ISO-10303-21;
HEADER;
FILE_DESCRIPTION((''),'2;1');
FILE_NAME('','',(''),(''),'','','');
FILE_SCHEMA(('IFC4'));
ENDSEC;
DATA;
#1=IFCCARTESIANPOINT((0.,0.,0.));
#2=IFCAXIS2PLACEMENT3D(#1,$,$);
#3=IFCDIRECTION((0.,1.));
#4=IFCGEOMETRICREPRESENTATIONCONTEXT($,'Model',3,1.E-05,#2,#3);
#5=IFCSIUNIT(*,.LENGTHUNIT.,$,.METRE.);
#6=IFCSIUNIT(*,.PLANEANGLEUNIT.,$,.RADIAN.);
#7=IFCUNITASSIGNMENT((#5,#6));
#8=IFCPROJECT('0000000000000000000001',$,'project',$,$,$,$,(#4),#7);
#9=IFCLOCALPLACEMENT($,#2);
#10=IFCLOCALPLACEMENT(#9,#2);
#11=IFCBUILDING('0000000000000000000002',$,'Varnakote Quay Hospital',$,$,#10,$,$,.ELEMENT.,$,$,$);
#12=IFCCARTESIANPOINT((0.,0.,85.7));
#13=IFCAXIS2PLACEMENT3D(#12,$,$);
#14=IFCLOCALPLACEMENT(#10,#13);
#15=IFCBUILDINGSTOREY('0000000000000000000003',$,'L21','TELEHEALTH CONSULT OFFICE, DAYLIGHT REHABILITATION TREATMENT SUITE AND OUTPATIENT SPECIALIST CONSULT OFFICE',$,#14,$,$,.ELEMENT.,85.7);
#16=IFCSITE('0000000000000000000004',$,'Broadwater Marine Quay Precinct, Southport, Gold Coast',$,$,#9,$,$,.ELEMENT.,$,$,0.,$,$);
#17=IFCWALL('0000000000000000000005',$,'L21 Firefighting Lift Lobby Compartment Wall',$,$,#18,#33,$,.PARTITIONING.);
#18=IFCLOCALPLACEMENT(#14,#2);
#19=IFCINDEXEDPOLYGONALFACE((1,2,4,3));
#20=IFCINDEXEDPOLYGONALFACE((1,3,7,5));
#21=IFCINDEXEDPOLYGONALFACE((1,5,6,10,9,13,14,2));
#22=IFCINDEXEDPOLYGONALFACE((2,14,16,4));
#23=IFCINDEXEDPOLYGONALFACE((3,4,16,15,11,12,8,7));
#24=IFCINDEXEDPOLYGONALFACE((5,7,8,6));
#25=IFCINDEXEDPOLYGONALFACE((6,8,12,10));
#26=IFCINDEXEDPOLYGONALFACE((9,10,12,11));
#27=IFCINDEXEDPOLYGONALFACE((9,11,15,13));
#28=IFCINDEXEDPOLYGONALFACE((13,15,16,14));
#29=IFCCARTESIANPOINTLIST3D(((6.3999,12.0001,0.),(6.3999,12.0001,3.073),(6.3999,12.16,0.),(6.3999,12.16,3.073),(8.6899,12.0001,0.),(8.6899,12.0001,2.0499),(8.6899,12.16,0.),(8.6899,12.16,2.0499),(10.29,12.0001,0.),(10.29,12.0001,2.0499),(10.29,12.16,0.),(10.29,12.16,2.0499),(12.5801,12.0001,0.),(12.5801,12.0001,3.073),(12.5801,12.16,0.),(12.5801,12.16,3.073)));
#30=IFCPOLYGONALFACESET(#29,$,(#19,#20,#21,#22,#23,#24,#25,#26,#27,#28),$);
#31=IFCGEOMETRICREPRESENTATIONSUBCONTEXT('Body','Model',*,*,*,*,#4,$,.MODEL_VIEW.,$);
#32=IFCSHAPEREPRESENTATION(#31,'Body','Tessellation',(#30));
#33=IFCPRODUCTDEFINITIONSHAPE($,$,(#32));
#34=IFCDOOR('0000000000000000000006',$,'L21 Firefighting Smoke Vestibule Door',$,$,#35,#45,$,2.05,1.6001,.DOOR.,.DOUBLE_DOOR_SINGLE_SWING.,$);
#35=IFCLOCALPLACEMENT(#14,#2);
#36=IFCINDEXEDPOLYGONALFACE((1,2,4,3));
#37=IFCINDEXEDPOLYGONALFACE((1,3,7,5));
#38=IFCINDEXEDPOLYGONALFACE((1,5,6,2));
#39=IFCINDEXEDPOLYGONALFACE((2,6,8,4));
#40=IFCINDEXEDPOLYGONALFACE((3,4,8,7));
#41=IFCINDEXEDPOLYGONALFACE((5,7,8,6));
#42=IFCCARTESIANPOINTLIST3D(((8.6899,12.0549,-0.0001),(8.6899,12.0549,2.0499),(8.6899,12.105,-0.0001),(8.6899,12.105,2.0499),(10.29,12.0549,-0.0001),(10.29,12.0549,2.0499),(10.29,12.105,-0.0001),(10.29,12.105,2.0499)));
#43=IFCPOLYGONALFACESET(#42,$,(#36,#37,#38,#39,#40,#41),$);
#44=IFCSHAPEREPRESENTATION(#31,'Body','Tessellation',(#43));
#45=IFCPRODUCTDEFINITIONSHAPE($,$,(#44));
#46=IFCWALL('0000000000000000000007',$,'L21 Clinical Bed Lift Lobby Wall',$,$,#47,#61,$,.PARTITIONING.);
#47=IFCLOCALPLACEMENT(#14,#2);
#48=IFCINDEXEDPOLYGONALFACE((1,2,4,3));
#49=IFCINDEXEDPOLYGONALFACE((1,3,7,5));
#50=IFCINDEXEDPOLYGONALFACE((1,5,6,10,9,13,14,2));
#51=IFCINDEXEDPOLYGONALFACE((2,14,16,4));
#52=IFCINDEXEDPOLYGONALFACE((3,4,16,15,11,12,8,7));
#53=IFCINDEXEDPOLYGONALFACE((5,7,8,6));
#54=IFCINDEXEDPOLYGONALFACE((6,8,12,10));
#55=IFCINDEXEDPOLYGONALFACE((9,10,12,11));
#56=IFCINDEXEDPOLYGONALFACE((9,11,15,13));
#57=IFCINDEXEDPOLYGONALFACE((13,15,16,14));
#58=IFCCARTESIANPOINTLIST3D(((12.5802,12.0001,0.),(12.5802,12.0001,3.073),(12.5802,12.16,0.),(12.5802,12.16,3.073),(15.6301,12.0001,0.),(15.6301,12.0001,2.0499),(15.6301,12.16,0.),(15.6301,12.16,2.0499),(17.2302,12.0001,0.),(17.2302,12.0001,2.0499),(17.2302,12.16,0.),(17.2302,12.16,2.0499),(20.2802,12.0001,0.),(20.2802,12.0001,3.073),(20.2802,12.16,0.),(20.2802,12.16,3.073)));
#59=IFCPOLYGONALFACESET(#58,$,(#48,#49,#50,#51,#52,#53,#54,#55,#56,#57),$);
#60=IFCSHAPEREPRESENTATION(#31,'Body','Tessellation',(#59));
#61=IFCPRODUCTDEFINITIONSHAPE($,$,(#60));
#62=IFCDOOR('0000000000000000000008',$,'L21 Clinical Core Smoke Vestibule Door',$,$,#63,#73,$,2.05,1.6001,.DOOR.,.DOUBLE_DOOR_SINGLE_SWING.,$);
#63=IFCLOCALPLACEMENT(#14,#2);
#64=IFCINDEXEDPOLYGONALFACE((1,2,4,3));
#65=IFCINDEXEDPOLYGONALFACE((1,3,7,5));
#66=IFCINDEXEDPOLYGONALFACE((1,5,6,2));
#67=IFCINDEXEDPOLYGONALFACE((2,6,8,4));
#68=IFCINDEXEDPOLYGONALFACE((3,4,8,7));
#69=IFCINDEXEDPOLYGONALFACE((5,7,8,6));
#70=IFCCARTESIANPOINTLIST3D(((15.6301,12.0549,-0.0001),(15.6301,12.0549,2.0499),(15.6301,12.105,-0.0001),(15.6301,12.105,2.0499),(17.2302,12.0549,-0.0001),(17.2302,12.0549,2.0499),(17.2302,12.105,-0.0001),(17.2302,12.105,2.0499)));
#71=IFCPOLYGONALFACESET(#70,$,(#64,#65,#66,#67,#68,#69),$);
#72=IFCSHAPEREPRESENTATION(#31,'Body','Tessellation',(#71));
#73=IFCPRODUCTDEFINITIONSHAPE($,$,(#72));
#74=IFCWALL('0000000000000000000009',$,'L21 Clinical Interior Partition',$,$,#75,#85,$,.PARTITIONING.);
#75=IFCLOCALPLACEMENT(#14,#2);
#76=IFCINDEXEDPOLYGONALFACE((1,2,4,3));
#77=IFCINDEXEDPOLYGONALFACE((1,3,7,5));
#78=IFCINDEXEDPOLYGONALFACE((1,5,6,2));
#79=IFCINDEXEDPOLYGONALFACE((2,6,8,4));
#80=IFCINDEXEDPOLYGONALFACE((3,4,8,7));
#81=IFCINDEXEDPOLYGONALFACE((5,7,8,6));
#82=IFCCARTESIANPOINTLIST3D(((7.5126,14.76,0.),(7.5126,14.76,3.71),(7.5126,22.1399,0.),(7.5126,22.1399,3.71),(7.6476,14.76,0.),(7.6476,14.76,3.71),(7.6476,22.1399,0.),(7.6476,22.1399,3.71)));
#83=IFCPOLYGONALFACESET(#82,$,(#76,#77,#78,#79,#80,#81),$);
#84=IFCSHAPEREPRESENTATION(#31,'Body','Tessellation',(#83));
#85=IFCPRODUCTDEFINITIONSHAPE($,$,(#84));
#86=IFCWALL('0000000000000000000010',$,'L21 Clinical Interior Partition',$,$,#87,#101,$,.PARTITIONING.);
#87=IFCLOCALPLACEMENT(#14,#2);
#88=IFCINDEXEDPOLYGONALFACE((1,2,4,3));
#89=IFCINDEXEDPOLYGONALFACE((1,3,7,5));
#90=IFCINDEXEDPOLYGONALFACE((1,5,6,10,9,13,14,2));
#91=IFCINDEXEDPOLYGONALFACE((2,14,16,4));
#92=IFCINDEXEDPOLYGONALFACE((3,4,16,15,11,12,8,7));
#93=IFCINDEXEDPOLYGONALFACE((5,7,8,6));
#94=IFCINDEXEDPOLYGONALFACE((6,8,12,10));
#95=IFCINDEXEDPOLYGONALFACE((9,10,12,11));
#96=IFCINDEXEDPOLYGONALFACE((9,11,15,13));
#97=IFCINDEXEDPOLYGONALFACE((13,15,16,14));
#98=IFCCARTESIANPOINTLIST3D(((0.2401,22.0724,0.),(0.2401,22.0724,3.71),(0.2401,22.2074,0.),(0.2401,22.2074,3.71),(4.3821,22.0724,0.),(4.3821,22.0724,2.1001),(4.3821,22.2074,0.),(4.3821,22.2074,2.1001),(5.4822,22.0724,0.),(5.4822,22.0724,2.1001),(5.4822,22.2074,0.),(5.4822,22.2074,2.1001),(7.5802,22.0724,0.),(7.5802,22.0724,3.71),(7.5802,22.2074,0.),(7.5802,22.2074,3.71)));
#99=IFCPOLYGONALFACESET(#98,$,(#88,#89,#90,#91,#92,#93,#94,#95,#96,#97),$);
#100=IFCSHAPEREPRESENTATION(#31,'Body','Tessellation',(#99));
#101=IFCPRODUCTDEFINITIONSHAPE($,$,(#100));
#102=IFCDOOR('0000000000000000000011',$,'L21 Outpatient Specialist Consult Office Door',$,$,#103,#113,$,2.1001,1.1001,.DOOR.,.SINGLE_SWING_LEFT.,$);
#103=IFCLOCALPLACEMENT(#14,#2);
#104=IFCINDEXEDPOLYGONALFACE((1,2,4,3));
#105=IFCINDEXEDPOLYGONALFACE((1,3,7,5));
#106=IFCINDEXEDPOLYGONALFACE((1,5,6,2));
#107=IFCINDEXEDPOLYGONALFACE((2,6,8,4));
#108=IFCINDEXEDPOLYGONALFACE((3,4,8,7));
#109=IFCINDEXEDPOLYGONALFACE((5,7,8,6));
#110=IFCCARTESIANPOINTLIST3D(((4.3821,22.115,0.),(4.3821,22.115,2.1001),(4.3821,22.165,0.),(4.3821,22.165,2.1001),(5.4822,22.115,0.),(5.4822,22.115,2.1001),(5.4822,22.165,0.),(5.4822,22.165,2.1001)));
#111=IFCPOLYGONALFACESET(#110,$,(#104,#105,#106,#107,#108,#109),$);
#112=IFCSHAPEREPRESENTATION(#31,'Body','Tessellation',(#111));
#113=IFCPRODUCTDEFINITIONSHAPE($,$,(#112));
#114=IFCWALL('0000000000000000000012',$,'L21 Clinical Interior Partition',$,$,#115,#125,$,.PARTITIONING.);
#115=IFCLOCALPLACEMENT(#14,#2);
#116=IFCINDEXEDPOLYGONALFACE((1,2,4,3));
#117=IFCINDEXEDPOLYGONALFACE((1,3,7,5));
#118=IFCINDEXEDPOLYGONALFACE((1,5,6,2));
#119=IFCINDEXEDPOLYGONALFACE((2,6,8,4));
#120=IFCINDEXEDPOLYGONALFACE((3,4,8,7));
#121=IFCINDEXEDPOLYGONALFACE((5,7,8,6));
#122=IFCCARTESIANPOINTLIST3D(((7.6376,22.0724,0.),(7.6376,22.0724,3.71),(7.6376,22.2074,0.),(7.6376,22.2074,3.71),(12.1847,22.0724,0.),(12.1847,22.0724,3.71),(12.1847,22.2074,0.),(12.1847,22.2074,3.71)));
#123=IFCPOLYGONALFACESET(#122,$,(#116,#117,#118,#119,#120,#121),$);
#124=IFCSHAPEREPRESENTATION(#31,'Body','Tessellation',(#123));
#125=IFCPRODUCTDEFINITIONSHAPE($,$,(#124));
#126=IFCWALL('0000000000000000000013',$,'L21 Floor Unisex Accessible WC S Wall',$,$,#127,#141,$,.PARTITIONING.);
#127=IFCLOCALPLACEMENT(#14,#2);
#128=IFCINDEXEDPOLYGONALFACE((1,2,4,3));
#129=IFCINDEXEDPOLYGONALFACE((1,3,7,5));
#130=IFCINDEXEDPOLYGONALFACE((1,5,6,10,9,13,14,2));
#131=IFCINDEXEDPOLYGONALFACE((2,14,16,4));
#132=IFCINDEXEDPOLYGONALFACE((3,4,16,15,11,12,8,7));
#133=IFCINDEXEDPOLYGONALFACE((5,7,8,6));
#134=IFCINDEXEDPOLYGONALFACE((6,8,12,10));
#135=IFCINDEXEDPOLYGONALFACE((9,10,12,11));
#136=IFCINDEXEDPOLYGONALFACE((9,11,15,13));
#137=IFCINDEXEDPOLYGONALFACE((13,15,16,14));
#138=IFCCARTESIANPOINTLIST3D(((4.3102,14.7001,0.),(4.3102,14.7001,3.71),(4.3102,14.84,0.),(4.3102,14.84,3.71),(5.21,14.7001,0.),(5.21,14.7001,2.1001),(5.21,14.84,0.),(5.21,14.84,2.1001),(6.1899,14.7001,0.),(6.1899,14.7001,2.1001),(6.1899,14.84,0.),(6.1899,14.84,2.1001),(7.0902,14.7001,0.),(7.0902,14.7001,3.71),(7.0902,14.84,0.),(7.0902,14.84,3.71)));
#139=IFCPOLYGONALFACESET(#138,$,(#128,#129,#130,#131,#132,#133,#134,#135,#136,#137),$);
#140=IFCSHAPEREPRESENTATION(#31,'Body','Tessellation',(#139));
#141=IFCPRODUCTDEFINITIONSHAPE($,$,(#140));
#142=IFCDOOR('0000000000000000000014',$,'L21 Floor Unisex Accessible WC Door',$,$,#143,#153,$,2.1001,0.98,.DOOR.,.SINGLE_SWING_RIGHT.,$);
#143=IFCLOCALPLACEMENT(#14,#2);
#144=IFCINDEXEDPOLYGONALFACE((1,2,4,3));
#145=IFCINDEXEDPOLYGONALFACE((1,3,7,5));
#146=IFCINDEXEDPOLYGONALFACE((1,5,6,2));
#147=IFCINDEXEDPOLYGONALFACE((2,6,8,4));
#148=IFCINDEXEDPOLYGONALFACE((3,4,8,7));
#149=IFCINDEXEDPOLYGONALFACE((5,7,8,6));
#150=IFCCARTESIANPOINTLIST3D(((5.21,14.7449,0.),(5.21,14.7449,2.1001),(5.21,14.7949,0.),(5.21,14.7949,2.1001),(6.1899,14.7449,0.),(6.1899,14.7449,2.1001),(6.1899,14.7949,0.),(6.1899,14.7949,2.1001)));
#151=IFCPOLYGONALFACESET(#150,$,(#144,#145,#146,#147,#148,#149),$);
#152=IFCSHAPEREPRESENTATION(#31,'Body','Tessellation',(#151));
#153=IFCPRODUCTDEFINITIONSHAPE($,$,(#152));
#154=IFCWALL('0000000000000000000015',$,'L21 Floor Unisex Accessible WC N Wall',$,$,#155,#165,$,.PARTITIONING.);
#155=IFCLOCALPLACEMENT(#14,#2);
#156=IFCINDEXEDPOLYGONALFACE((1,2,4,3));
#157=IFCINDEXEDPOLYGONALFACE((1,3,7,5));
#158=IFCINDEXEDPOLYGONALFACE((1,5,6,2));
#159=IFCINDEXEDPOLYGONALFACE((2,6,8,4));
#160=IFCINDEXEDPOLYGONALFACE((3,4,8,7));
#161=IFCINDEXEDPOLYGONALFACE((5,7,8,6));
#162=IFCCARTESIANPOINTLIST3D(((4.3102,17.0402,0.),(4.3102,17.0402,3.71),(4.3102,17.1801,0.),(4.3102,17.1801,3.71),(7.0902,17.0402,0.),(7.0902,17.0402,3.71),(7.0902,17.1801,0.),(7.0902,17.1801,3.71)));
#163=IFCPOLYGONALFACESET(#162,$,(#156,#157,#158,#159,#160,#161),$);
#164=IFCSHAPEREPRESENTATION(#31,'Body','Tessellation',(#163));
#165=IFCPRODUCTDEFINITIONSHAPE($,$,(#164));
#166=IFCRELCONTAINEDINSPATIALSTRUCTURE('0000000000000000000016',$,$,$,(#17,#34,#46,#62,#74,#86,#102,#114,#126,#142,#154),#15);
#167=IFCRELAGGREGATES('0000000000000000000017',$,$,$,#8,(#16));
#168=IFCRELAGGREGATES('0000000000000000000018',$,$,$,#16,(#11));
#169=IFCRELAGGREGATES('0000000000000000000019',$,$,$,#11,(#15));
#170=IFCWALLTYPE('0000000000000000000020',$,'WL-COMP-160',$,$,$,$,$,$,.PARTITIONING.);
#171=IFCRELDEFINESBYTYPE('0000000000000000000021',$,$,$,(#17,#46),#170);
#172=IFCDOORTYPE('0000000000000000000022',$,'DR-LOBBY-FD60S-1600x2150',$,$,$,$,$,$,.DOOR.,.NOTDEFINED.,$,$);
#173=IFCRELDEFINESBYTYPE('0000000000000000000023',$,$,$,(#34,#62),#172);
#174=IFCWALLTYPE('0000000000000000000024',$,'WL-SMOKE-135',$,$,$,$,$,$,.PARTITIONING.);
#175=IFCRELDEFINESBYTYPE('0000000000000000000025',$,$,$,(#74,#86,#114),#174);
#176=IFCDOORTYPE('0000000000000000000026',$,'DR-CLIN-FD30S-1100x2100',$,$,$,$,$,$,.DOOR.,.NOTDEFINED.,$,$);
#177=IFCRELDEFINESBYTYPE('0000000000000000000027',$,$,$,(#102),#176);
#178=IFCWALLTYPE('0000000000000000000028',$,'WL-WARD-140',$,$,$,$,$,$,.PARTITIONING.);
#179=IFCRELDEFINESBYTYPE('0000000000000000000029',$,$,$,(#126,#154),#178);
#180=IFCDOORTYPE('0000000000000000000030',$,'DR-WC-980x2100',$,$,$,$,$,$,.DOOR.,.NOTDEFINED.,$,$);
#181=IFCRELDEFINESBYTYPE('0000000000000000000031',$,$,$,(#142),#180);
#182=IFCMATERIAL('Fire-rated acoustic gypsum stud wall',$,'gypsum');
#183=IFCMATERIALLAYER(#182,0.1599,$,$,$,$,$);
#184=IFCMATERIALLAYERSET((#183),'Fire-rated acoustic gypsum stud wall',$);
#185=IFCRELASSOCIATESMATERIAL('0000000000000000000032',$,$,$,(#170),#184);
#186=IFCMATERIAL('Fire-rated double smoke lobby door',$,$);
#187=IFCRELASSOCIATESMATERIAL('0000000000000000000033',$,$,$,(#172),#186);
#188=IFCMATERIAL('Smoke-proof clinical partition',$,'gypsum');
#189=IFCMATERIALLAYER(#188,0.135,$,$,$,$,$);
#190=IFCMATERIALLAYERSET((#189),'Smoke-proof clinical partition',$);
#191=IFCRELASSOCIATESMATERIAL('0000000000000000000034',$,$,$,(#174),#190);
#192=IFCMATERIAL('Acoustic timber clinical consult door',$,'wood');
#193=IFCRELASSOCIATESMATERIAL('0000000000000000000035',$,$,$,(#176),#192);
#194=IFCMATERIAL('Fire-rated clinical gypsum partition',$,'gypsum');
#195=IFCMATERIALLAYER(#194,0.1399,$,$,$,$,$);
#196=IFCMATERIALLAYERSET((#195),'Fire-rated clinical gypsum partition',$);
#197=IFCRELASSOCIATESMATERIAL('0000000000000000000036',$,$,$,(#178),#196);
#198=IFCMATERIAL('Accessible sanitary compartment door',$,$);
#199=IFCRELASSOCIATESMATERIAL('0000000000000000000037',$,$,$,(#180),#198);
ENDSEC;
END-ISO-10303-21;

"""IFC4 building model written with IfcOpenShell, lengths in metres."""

from ifc_helpers import new_model, si_unit, direction, frame, frame_2d, origin, place, context, subcontext, project, spatial, rectangle, extrude, material, layer, layer_set, type_object, element, fill, save


model = new_model("IFC4")

# Units and contexts
model_context = context("Model", 3, precision=1e-05, world=origin(), true_north=direction((0.0, 1.0)))
body_context = subcontext(model_context, "Body", "Model", "MODEL_VIEW")
ifc_project = project(units=[si_unit("LENGTHUNIT", "METRE"), si_unit("PLANEANGLEUNIT", "RADIAN")], contexts=[model_context])

# Site, building, storey
site_placement = place(None, origin())
site = spatial("IfcSite", under=ifc_project, at=site_placement, Name="Broadwater Marine Quay Precinct, Southport, Gold Coast", CompositionType="ELEMENT", RefElevation=0.0)
building_placement = place(site_placement, origin())
building = spatial("IfcBuilding", under=site, at=building_placement, Name="Varnakote Quay Hospital", CompositionType="ELEMENT")
storey_placement = place(building_placement, frame((0.0, 0.0, 85.7)))
storey = spatial("IfcBuildingStorey", under=building, at=storey_placement, Name="L21", Description="TELEHEALTH CONSULT OFFICE, DAYLIGHT REHABILITATION TREATMENT SUITE AND OUTPATIENT SPECIALIST CONSULT OFFICE", CompositionType="ELEMENT", Elevation=85.7)

# Walls, openings, doors
ifc_material_1 = material(Name="Fire-rated acoustic gypsum stud wall", Category="gypsum")
ifc_layer_1 = layer(ifc_material_1, 0.1599)
ifc_layer_set_1 = layer_set([ifc_layer_1], Name="Fire-rated acoustic gypsum stud wall")
wall_type_1 = type_object("IfcWallType", Name="WL-COMP-160", PredefinedType="PARTITIONING", material=ifc_layer_set_1)
ifc_material_2 = material(Name="Fire-rated double smoke lobby door")
door_type_1 = type_object("IfcDoorType", Name="DR-LOBBY-FD60S-1600x2150", OperationType="NOTDEFINED", PredefinedType="DOOR", material=ifc_material_2)
wall_1_placement = place(storey_placement, frame((6.3999, 12.0801, 0.0), z_axis=(0.0, 0.0, 1.0), x_axis=(1.0, 0.0, 0.0)))
wall_1 = element("IfcWall", 1, at=wall_1_placement, inside=storey, type_object=wall_type_1, Name="L21 Firefighting Lift Lobby Compartment Wall", PredefinedType="PARTITIONING", context=body_context, shape_type="SweptSolid", body=[
    extrude(rectangle(XDim=6.1802, YDim=0.1599, at=frame_2d((3.0901, 0.0))), origin(), (0.0, 0.0, 1.0), 3.073),
])
opening_1_placement = place(wall_1_placement, frame((2.29, 0.0, 0.0)))
opening_1 = element("IfcOpeningElement", 2, at=opening_1_placement, cuts=wall_1, PredefinedType="OPENING", context=body_context, shape_type="SweptSolid", body=[
    extrude(rectangle(XDim=1.6001, YDim=2.05, at=frame_2d((0.8, 1.0249))), frame((0.0, 0.0898, 0.0), z_axis=(0.0, -1.0, 0.0), x_axis=(1.0, 0.0, 0.0)), (0.0, 0.0, 1.0), 0.1799),
])
door_1_placement = place(opening_1_placement, origin())
door_1 = element("IfcDoor", 3, at=door_1_placement, inside=storey, type_object=door_type_1, Name="L21 Firefighting Smoke Vestibule Door", OperationType="DOUBLE_DOOR_SINGLE_SWING", OverallHeight=2.05, OverallWidth=1.6001, PredefinedType="DOOR", context=body_context, shape_type="SweptSolid", body=[
    extrude(rectangle(XDim=1.6001, YDim=2.05, at=frame_2d((0.8, 1.0249))), frame((0.0, 0.0249, 0.0), z_axis=(0.0, -1.0, 0.0), x_axis=(1.0, 0.0, 0.0)), (0.0, 0.0, 1.0), 0.05),
])
fill(opening_1, door_1)
wall_2_placement = place(storey_placement, frame((12.5801, 12.0801, 0.0), z_axis=(0.0, 0.0, 1.0), x_axis=(1.0, 0.0, 0.0)))
wall_2 = element("IfcWall", 4, at=wall_2_placement, inside=storey, type_object=wall_type_1, Name="L21 Clinical Bed Lift Lobby Wall", PredefinedType="PARTITIONING", context=body_context, shape_type="SweptSolid", body=[
    extrude(rectangle(XDim=7.7, YDim=0.1599, at=frame_2d((3.8501, 0.0))), origin(), (0.0, 0.0, 1.0), 3.073),
])
opening_2_placement = place(wall_2_placement, frame((3.05, 0.0, 0.0)))
opening_2 = element("IfcOpeningElement", 5, at=opening_2_placement, cuts=wall_2, PredefinedType="OPENING", context=body_context, shape_type="SweptSolid", body=[
    extrude(rectangle(XDim=1.6001, YDim=2.05, at=frame_2d((0.8, 1.0249))), frame((0.0, 0.0898, 0.0), z_axis=(0.0, -1.0, 0.0), x_axis=(1.0, 0.0, 0.0)), (0.0, 0.0, 1.0), 0.1799),
])
door_2_placement = place(opening_2_placement, origin())
door_2 = element("IfcDoor", 6, at=door_2_placement, inside=storey, type_object=door_type_1, Name="L21 Clinical Core Smoke Vestibule Door", OperationType="DOUBLE_DOOR_SINGLE_SWING", OverallHeight=2.05, OverallWidth=1.6001, PredefinedType="DOOR", context=body_context, shape_type="SweptSolid", body=[
    extrude(rectangle(XDim=1.6001, YDim=2.05, at=frame_2d((0.8, 1.0249))), frame((0.0, 0.0249, 0.0), z_axis=(0.0, -1.0, 0.0), x_axis=(1.0, 0.0, 0.0)), (0.0, 0.0, 1.0), 0.05),
])
fill(opening_2, door_2)

# Wall
ifc_material_3 = material(Name="Smoke-proof clinical partition", Category="gypsum")
ifc_layer_2 = layer(ifc_material_3, 0.135)
ifc_layer_set_2 = layer_set([ifc_layer_2], Name="Smoke-proof clinical partition")
wall_type_2 = type_object("IfcWallType", Name="WL-SMOKE-135", PredefinedType="PARTITIONING", material=ifc_layer_set_2)
wall_3_placement = place(storey_placement, frame((7.5801, 14.76, 0.0), z_axis=(0.0, 0.0, 1.0), x_axis=(0.0, 1.0, 0.0)))
element("IfcWall", 7, at=wall_3_placement, inside=storey, type_object=wall_type_2, Name="L21 Clinical Interior Partition", PredefinedType="PARTITIONING", context=body_context, shape_type="SweptSolid", body=[
    extrude(rectangle(XDim=7.3799, YDim=0.135, at=frame_2d((3.6899, 0.0))), origin(), (0.0, 0.0, 1.0), 3.71),
])

# Wall, opening, door
wall_4_placement = place(storey_placement, frame((7.5801, 22.1399, 0.0), z_axis=(0.0, 0.0, 1.0), x_axis=(-1.0, 0.0, 0.0)))
wall_4 = element("IfcWall", 8, at=wall_4_placement, inside=storey, type_object=wall_type_2, Name="L21 Clinical Interior Partition", PredefinedType="PARTITIONING", context=body_context, shape_type="SweptSolid", body=[
    extrude(rectangle(XDim=7.3401, YDim=0.135, at=frame_2d((3.6699, 0.0))), origin(), (0.0, 0.0, 1.0), 3.71),
])
opening_3_placement = place(wall_4_placement, frame((2.0979, 0.0, 0.0)))
opening_3 = element("IfcOpeningElement", 9, at=opening_3_placement, cuts=wall_4, PredefinedType="OPENING", context=body_context, shape_type="SweptSolid", body=[
    extrude(rectangle(XDim=1.1001, YDim=2.1001, at=frame_2d((0.55, 1.05))), frame((0.0, 0.0774, 0.0), z_axis=(0.0, -1.0, 0.0), x_axis=(1.0, 0.0, 0.0)), (0.0, 0.0, 1.0), 0.155),
])
ifc_material_4 = material(Name="Acoustic timber clinical consult door", Category="wood")
door_type_2 = type_object("IfcDoorType", Name="DR-CLIN-FD30S-1100x2100", OperationType="NOTDEFINED", PredefinedType="DOOR", material=ifc_material_4)
door_3_placement = place(opening_3_placement, origin())
door_3 = element("IfcDoor", 10, at=door_3_placement, inside=storey, type_object=door_type_2, Name="L21 Outpatient Specialist Consult Office Door", OperationType="SINGLE_SWING_LEFT", OverallHeight=2.1001, OverallWidth=1.1001, PredefinedType="DOOR", context=body_context, shape_type="SweptSolid", body=[
    extrude(rectangle(XDim=1.1001, YDim=2.1001, at=frame_2d((0.55, 1.05))), frame((0.0, 0.0249, 0.0), z_axis=(0.0, -1.0, 0.0), x_axis=(1.0, 0.0, 0.0)), (0.0, 0.0, 1.0), 0.05),
])
fill(opening_3, door_3)

# Wall
wall_5_placement = place(storey_placement, frame((12.1846, 22.1399, 0.0), z_axis=(0.0, 0.0, 1.0), x_axis=(-1.0, 0.0, 0.0)))
element("IfcWall", 11, at=wall_5_placement, inside=storey, type_object=wall_type_2, Name="L21 Clinical Interior Partition", PredefinedType="PARTITIONING", context=body_context, shape_type="SweptSolid", body=[
    extrude(rectangle(XDim=4.5471, YDim=0.135, at=frame_2d((2.2734, 0.0))), origin(), (0.0, 0.0, 1.0), 3.71),
])

# Wall, opening, door
ifc_material_5 = material(Name="Fire-rated clinical gypsum partition", Category="gypsum")
ifc_layer_3 = layer(ifc_material_5, 0.1399)
ifc_layer_set_3 = layer_set([ifc_layer_3], Name="Fire-rated clinical gypsum partition")
wall_type_3 = type_object("IfcWallType", Name="WL-WARD-140", PredefinedType="PARTITIONING", material=ifc_layer_set_3)
wall_6_placement = place(storey_placement, frame((4.3101, 14.77, 0.0), z_axis=(0.0, 0.0, 1.0), x_axis=(1.0, 0.0, 0.0)))
wall_6 = element("IfcWall", 12, at=wall_6_placement, inside=storey, type_object=wall_type_3, Name="L21 Floor Unisex Accessible WC S Wall", PredefinedType="PARTITIONING", context=body_context, shape_type="SweptSolid", body=[
    extrude(rectangle(XDim=2.78, YDim=0.1399, at=frame_2d((1.3901, 0.0))), origin(), (0.0, 0.0, 1.0), 3.71),
])
opening_4_placement = place(wall_6_placement, frame((0.8999, 0.0, 0.0)))
opening_4 = element("IfcOpeningElement", 13, at=opening_4_placement, cuts=wall_6, PredefinedType="OPENING", context=body_context, shape_type="SweptSolid", body=[
    extrude(rectangle(XDim=0.98, YDim=2.1001, at=frame_2d((0.49, 1.05))), frame((0.0, 0.0798, 0.0), z_axis=(0.0, -1.0, 0.0), x_axis=(1.0, 0.0, 0.0)), (0.0, 0.0, 1.0), 0.1599),
])
ifc_material_6 = material(Name="Accessible sanitary compartment door")
door_type_3 = type_object("IfcDoorType", Name="DR-WC-980x2100", OperationType="NOTDEFINED", PredefinedType="DOOR", material=ifc_material_6)
door_4_placement = place(opening_4_placement, origin())
door_4 = element("IfcDoor", 14, at=door_4_placement, inside=storey, type_object=door_type_3, Name="L21 Floor Unisex Accessible WC Door", OperationType="SINGLE_SWING_RIGHT", OverallHeight=2.1001, OverallWidth=0.98, PredefinedType="DOOR", context=body_context, shape_type="SweptSolid", body=[
    extrude(rectangle(XDim=0.98, YDim=2.1001, at=frame_2d((0.49, 1.05))), frame((0.0, 0.0249, 0.0), z_axis=(0.0, -1.0, 0.0), x_axis=(1.0, 0.0, 0.0)), (0.0, 0.0, 1.0), 0.05),
])
fill(opening_4, door_4)

# Wall
wall_7_placement = place(storey_placement, frame((4.3101, 17.1101, 0.0), z_axis=(0.0, 0.0, 1.0), x_axis=(1.0, 0.0, 0.0)))
element("IfcWall", 15, at=wall_7_placement, inside=storey, type_object=wall_type_3, Name="L21 Floor Unisex Accessible WC N Wall", PredefinedType="PARTITIONING", context=body_context, shape_type="SweptSolid", body=[
    extrude(rectangle(XDim=2.78, YDim=0.1399, at=frame_2d((1.3901, 0.0))), origin(), (0.0, 0.0, 1.0), 3.71),
])

save(model, "model.ifc")
